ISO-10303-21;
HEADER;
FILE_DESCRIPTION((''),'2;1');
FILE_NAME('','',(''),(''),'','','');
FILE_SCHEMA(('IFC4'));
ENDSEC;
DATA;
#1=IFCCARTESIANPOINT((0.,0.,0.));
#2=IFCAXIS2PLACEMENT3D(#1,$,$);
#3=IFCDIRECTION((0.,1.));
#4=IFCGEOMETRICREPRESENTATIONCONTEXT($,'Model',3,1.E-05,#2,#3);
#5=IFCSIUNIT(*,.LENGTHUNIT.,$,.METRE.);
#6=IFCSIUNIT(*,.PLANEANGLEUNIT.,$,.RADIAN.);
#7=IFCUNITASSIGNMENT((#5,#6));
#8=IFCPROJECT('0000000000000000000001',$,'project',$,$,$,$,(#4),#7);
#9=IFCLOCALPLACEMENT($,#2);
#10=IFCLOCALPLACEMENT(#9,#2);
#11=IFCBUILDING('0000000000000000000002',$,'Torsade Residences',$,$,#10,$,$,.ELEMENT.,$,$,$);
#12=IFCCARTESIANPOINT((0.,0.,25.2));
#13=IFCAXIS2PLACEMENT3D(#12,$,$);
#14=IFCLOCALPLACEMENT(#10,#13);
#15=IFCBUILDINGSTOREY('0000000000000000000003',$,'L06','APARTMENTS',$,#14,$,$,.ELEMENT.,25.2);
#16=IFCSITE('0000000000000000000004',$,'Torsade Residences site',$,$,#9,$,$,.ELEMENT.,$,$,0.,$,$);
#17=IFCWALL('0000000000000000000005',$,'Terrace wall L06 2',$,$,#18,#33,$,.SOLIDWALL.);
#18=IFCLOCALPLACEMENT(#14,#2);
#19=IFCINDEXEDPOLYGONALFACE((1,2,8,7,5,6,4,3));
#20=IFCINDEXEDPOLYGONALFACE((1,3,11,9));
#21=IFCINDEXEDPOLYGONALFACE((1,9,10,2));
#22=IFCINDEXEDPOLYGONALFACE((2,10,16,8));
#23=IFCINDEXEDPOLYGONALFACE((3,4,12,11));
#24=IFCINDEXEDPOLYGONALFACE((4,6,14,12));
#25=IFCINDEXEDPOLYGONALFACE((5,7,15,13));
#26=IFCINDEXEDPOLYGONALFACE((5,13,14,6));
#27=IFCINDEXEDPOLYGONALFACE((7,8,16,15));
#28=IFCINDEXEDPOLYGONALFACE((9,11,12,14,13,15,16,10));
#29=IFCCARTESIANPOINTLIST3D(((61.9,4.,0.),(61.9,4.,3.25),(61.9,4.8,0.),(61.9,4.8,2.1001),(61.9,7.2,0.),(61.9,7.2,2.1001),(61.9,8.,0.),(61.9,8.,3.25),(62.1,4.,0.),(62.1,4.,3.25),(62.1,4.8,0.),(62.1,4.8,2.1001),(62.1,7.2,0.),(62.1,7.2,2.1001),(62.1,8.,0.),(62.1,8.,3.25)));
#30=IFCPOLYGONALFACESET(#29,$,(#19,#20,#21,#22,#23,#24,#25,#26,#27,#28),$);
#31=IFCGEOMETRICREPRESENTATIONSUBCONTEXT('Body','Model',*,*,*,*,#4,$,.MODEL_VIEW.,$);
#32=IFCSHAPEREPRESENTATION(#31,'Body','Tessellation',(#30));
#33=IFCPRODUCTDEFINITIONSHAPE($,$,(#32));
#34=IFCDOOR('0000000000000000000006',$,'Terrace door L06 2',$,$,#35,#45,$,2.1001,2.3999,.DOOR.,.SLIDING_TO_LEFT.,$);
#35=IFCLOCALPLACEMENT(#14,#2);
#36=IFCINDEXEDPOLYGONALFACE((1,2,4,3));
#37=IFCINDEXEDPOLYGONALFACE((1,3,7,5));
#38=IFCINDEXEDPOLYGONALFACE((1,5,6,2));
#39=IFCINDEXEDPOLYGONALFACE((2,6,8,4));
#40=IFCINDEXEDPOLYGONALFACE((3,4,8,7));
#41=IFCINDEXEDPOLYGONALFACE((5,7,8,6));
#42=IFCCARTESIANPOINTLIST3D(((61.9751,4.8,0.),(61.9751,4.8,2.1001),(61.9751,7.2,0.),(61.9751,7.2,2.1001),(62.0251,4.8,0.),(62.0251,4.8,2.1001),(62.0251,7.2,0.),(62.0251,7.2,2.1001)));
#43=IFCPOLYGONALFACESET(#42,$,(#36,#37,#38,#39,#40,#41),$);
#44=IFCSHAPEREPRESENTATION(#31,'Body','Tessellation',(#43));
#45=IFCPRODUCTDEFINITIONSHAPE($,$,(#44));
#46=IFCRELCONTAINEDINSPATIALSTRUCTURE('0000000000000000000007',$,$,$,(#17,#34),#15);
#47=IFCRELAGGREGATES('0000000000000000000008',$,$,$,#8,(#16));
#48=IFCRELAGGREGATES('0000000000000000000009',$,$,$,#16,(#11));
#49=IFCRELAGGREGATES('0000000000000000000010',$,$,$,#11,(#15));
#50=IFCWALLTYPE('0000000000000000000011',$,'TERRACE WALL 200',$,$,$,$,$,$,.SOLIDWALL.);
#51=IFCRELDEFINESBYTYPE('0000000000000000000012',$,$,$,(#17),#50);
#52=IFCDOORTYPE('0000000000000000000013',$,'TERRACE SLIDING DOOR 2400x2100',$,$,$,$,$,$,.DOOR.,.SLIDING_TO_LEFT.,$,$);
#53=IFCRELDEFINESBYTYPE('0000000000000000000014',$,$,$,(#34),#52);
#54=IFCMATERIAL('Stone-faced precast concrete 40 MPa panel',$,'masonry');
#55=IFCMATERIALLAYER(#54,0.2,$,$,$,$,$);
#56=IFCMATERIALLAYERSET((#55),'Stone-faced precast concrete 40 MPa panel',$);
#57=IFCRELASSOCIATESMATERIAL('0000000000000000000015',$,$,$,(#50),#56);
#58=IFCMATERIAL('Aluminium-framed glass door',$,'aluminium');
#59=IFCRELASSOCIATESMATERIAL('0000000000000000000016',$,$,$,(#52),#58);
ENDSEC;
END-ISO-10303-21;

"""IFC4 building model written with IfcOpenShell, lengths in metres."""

from ifc_helpers import new_model, si_unit, direction, frame, frame_2d, origin, place, context, subcontext, project, spatial, rectangle, extrude, material, layer, layer_set, type_object, element, fill, save


model = new_model("IFC4")

# Units and contexts
model_context = context("Model", 3, precision=1e-05, world=origin(), true_north=direction((0.0, 1.0)))
body_context = subcontext(model_context, "Body", "Model", "MODEL_VIEW")
ifc_project = project(units=[si_unit("LENGTHUNIT", "METRE"), si_unit("PLANEANGLEUNIT", "RADIAN")], contexts=[model_context])

# Site, building, storey
site_placement = place(None, origin())
site = spatial("IfcSite", under=ifc_project, at=site_placement, Name="Torsade Residences site", CompositionType="ELEMENT", RefElevation=0.0)
building_placement = place(site_placement, origin())
building = spatial("IfcBuilding", under=site, at=building_placement, Name="Torsade Residences", CompositionType="ELEMENT")
storey_placement = place(building_placement, frame((0.0, 0.0, 25.2)))
storey = spatial("IfcBuildingStorey", under=building, at=storey_placement, Name="L06", Description="APARTMENTS", CompositionType="ELEMENT", Elevation=25.2)

# Wall, opening, door
ifc_material_1 = material(Name="Stone-faced precast concrete 40 MPa panel", Category="masonry")
ifc_layer_1 = layer(ifc_material_1, 0.2)
ifc_layer_set_1 = layer_set([ifc_layer_1], Name="Stone-faced precast concrete 40 MPa panel")
wall_type_1 = type_object("IfcWallType", Name="TERRACE WALL 200", PredefinedType="SOLIDWALL", material=ifc_layer_set_1)
wall_1_placement = place(storey_placement, frame((62.0, 4.0, 0.0), z_axis=(0.0, 0.0, 1.0), x_axis=(0.0, 1.0, 0.0)))
wall_1 = element("IfcWall", 1, at=wall_1_placement, inside=storey, type_object=wall_type_1, Name="Terrace wall L06 2", PredefinedType="SOLIDWALL", context=body_context, shape_type="SweptSolid", body=[
    extrude(rectangle(XDim=4.0, YDim=0.2, at=frame_2d((2.0, 0.0))), origin(), (0.0, 0.0, 1.0), 3.25),
])
opening_placement = place(wall_1_placement, frame((0.8, 0.0, 0.0)))
opening = element("IfcOpeningElement", 2, at=opening_placement, cuts=wall_1, PredefinedType="OPENING", context=body_context, shape_type="SweptSolid", body=[
    extrude(rectangle(XDim=2.3999, YDim=2.1001, at=frame_2d((1.2, 1.05))), frame((0.0, 0.1099, 0.0), z_axis=(0.0, -1.0, 0.0), x_axis=(1.0, 0.0, 0.0)), (0.0, 0.0, 1.0), 0.22),
])
ifc_material_2 = material(Name="Aluminium-framed glass door", Category="aluminium")
door_type = type_object("IfcDoorType", Name="TERRACE SLIDING DOOR 2400x2100", OperationType="SLIDING_TO_LEFT", PredefinedType="DOOR", material=ifc_material_2)
door_placement = place(opening_placement, origin())
door = element("IfcDoor", 3, at=door_placement, inside=storey, type_object=door_type, Name="Terrace door L06 2", OperationType="SLIDING_TO_LEFT", OverallHeight=2.1001, OverallWidth=2.3999, PredefinedType="DOOR", context=body_context, shape_type="SweptSolid", body=[
    extrude(rectangle(XDim=2.3999, YDim=2.1001, at=frame_2d((1.2, 1.05))), frame((0.0, 0.0249, 0.0), z_axis=(0.0, -1.0, 0.0), x_axis=(1.0, 0.0, 0.0)), (0.0, 0.0, 1.0), 0.05),
])
fill(opening, door)

save(model, "model.ifc")
